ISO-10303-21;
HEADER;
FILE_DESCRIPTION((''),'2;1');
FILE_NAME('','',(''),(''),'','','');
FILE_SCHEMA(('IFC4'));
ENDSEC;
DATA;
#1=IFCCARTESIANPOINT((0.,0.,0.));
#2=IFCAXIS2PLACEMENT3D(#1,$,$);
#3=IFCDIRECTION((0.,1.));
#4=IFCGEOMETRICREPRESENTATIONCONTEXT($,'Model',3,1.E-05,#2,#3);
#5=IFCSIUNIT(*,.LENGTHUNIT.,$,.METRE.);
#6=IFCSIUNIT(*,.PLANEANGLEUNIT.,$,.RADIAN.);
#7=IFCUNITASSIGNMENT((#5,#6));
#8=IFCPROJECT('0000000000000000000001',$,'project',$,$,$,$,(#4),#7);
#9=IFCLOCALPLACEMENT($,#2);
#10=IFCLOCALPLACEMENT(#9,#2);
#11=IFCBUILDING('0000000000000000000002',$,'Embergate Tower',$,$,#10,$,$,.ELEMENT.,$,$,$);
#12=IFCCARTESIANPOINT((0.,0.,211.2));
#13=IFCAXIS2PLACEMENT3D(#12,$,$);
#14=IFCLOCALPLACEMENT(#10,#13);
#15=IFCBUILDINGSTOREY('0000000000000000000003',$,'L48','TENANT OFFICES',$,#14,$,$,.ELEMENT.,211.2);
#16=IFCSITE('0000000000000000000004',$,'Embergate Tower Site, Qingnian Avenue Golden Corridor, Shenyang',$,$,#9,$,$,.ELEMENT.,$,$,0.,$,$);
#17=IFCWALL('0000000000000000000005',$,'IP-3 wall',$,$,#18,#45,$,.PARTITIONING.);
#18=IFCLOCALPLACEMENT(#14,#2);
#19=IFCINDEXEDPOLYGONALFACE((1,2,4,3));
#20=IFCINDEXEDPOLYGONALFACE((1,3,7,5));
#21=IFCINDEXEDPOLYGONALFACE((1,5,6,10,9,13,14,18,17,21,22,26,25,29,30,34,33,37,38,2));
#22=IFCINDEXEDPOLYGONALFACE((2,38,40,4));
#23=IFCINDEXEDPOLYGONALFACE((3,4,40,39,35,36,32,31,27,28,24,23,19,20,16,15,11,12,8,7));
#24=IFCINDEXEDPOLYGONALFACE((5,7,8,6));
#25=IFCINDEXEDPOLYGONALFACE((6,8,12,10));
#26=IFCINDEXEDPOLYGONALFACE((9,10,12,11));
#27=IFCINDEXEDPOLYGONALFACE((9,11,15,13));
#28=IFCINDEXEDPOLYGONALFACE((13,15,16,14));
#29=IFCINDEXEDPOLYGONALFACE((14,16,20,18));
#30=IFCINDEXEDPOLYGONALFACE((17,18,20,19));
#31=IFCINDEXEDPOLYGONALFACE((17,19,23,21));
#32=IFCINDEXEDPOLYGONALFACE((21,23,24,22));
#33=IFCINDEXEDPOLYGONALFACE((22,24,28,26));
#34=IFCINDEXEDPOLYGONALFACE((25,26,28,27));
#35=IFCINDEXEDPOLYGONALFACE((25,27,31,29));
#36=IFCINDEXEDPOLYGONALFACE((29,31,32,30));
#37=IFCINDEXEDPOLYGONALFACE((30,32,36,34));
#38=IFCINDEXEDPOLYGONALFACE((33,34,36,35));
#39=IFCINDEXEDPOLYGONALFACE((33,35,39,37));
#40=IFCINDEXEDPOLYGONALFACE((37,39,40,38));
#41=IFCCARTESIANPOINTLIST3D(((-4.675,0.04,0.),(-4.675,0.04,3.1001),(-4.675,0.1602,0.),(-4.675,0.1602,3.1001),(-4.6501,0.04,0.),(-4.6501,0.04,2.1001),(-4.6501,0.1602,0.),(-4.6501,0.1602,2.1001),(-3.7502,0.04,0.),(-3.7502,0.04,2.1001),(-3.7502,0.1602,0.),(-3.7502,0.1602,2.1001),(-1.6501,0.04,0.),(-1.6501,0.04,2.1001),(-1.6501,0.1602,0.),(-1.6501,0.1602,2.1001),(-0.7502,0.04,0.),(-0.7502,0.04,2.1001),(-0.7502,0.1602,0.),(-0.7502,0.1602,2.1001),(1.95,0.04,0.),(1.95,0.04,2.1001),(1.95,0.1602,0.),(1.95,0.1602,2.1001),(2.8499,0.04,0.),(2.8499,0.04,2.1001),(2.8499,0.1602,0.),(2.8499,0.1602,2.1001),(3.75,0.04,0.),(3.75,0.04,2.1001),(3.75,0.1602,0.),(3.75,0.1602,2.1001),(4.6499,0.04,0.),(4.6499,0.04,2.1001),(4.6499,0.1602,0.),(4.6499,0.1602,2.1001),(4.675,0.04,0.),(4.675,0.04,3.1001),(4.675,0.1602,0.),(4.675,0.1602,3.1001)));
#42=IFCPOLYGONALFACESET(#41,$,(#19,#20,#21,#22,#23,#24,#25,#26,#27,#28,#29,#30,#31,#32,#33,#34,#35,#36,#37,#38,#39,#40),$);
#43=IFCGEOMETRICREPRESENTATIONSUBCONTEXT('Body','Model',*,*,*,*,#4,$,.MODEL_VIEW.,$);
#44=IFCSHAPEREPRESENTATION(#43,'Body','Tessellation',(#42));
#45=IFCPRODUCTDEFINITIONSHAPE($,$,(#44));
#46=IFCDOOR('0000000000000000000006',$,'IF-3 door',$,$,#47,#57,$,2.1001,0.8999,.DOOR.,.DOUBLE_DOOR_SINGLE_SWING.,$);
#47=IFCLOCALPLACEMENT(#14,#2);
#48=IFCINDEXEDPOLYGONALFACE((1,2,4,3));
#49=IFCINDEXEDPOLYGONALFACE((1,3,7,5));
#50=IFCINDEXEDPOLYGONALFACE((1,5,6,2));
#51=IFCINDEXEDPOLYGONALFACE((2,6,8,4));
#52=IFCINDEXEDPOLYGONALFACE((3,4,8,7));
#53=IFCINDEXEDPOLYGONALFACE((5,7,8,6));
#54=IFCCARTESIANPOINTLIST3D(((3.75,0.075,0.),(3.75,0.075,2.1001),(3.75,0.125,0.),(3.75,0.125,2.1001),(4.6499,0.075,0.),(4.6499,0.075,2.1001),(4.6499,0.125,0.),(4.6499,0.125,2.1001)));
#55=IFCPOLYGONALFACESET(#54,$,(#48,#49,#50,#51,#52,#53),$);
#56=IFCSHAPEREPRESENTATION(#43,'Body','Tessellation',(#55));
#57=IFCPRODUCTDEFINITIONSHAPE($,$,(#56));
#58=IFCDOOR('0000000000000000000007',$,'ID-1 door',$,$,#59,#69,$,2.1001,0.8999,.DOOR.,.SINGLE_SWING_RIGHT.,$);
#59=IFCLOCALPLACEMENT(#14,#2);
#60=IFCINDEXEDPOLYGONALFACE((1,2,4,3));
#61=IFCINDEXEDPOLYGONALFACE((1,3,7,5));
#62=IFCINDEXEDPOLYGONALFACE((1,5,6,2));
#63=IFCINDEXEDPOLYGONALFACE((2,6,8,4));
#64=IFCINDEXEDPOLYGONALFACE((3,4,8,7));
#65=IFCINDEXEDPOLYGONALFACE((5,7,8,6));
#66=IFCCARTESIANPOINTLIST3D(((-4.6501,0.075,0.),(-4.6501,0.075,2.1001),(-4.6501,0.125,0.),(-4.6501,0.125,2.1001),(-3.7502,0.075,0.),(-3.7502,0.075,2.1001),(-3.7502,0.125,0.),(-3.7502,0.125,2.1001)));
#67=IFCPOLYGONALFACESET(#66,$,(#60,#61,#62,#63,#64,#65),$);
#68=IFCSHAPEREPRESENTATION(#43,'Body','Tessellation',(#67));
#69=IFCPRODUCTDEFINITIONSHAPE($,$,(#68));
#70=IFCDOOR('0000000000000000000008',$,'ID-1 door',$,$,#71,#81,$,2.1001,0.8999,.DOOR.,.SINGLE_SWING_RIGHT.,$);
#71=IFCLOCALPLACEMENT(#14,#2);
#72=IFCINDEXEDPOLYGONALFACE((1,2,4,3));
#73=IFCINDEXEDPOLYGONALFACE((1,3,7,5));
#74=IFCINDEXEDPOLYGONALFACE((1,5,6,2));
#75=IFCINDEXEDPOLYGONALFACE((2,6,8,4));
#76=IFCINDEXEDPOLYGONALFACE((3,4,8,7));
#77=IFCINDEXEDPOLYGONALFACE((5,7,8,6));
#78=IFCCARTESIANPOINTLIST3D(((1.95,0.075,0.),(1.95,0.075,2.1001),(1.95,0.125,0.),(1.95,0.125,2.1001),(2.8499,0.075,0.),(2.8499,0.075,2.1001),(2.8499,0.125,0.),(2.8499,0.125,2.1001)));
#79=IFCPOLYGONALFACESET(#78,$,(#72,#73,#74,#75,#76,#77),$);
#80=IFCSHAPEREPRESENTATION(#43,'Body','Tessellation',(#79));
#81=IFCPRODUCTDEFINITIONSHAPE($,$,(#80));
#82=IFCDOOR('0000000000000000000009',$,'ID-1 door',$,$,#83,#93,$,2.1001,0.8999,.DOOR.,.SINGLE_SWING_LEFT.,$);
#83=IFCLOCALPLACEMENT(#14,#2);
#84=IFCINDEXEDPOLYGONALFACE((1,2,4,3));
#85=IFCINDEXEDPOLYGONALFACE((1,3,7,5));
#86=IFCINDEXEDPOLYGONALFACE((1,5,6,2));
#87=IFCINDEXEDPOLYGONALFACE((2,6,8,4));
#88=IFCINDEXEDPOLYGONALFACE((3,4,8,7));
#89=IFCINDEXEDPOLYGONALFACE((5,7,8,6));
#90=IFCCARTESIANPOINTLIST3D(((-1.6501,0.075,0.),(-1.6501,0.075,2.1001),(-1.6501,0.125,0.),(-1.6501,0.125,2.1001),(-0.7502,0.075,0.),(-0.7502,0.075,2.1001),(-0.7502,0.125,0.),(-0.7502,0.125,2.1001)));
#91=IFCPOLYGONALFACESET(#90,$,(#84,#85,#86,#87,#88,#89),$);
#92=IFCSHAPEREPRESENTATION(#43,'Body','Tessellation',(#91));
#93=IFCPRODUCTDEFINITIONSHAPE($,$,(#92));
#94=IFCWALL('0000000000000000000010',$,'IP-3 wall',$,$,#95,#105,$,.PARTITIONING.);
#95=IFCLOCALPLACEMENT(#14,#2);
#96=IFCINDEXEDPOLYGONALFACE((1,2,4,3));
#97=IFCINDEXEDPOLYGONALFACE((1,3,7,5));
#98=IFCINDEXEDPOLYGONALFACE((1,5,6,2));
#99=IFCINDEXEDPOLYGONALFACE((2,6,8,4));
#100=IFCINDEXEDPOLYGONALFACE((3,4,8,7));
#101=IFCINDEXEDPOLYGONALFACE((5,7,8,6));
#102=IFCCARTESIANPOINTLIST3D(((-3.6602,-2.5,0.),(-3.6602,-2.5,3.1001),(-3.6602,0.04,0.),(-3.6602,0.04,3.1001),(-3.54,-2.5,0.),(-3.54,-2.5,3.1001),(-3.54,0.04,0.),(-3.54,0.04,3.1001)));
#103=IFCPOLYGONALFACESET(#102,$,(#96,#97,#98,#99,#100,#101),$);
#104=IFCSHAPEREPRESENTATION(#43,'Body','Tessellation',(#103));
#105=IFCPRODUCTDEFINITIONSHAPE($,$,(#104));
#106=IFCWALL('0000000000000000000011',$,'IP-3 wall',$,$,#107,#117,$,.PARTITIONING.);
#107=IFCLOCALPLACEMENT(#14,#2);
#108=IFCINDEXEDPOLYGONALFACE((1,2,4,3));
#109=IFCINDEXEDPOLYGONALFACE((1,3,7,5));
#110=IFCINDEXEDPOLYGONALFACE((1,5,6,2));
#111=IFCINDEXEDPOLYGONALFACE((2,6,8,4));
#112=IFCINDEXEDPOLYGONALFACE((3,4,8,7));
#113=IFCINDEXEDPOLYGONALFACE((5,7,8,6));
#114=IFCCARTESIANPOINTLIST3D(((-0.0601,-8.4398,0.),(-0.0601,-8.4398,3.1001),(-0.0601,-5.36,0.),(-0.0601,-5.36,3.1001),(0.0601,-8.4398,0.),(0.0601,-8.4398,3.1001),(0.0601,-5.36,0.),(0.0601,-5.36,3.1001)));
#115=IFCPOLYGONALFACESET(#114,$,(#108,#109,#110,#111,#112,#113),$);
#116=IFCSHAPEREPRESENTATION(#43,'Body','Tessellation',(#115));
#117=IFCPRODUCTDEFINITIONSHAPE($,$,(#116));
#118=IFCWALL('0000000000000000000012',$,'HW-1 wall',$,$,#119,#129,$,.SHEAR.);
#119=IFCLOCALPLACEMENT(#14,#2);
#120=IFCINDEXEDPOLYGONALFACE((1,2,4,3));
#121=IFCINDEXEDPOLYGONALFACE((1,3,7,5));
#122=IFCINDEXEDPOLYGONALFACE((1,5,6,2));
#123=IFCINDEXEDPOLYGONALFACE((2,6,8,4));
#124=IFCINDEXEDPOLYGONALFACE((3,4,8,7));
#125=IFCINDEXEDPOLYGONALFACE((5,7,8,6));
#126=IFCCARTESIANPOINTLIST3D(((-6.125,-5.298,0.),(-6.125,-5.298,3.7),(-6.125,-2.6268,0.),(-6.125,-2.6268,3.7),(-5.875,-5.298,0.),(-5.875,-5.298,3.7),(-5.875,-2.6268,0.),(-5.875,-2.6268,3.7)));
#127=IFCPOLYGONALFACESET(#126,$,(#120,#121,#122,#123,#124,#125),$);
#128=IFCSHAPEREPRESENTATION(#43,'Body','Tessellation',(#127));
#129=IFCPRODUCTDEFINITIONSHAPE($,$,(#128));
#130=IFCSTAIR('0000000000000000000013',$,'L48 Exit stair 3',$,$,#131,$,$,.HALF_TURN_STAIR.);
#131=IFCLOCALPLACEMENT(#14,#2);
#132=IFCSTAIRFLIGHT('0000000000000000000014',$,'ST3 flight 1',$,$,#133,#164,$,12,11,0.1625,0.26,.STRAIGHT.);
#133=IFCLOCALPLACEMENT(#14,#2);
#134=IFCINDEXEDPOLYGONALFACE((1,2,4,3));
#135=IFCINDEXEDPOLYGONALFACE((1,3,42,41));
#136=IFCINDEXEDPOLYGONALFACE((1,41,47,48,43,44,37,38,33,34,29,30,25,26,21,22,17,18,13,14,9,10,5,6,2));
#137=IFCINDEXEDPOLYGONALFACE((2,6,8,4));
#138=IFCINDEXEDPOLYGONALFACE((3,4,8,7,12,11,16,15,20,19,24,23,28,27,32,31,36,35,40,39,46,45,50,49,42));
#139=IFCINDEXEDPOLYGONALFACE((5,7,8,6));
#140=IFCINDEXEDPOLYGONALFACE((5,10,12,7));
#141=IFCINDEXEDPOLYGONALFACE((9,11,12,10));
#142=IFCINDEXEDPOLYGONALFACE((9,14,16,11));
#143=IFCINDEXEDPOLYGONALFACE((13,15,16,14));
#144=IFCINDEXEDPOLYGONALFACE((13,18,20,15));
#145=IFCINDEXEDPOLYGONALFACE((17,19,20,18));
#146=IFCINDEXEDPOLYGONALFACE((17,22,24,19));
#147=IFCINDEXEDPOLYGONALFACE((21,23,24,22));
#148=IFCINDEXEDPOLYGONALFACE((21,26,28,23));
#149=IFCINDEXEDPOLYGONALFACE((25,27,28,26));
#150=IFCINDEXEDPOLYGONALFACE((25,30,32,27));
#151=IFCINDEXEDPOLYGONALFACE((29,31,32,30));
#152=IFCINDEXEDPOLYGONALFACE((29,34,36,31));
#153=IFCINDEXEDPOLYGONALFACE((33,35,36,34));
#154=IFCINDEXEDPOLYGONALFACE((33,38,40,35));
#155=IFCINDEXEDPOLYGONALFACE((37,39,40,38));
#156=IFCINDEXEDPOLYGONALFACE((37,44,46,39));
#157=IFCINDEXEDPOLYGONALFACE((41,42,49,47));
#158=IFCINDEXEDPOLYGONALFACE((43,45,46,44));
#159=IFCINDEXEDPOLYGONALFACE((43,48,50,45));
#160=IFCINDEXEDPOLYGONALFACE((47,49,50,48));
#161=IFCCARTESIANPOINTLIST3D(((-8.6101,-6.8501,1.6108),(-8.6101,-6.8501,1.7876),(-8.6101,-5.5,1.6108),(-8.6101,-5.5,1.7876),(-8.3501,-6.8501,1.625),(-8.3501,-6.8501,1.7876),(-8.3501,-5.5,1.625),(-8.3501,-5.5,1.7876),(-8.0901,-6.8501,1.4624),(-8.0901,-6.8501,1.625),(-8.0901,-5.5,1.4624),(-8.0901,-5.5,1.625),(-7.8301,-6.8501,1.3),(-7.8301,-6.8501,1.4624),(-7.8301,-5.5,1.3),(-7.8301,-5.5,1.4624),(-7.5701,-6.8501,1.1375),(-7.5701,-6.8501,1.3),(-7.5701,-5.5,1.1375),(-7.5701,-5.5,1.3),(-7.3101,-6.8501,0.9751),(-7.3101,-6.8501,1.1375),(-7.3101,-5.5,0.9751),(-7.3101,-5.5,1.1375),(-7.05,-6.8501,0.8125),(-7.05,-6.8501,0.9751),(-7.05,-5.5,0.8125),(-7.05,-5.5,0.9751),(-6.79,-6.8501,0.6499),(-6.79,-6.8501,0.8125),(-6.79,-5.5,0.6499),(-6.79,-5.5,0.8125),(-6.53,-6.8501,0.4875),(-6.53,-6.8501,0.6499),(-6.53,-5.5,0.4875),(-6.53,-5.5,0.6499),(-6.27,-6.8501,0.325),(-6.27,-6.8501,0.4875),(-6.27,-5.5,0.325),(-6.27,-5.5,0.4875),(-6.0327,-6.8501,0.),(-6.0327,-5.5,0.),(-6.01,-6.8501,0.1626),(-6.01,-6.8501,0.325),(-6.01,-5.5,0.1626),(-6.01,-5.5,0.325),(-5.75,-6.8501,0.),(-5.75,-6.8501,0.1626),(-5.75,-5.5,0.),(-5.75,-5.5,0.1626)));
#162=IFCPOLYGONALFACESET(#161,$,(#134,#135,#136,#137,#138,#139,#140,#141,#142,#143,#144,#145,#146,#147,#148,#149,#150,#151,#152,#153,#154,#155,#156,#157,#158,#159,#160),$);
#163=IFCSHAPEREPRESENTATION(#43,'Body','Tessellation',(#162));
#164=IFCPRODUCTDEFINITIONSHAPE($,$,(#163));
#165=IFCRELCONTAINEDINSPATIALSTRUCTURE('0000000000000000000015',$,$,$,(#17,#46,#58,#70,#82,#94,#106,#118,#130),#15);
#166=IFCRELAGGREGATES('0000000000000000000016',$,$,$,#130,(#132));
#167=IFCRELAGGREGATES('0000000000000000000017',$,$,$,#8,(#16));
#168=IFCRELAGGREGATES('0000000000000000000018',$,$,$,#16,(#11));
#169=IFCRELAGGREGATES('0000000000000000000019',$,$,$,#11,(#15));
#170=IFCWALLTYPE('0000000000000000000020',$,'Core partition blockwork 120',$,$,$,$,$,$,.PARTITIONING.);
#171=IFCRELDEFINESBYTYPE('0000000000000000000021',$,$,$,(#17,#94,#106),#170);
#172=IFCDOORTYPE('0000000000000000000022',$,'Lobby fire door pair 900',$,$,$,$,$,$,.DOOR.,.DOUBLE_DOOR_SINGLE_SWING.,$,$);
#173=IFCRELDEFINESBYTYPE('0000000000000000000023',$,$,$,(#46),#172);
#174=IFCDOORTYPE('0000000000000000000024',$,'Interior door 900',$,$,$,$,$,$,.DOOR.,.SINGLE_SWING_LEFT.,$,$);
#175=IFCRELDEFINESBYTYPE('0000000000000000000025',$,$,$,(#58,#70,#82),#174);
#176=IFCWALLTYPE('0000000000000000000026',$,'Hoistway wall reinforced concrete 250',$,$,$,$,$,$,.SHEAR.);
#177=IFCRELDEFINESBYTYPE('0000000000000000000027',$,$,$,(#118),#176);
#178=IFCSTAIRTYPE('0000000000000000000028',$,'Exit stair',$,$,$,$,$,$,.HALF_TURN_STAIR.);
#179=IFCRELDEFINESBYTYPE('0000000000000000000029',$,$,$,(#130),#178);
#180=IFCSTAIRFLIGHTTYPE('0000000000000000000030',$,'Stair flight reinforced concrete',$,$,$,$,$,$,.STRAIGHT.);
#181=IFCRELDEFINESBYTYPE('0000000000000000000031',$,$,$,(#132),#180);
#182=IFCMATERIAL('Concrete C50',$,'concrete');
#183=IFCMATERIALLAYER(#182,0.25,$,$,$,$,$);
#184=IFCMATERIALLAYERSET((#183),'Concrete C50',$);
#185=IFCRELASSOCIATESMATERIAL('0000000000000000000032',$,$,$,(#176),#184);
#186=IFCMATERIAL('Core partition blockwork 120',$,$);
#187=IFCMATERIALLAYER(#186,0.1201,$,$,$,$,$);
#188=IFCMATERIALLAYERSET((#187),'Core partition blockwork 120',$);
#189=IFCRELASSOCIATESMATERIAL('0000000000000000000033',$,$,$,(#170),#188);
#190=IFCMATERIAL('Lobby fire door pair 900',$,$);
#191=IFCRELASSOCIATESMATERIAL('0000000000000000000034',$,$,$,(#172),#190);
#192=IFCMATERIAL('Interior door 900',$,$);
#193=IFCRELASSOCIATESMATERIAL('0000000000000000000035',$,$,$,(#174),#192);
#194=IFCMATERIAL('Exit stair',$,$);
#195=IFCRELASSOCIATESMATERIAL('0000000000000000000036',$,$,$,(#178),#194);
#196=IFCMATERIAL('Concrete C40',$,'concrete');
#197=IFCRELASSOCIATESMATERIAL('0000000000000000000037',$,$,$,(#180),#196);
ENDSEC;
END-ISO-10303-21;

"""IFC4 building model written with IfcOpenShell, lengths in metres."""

from ifc_helpers import new_model, si_unit, direction, frame, frame_2d, origin, place, context, subcontext, project, spatial, polyline, rectangle, outline, extrude, source, transform, mapped, material, layer, layer_set, type_object, element, fill, aggregate, save


model = new_model("IFC4")

# Units and contexts
model_context = context("Model", 3, precision=1e-05, world=origin(), true_north=direction((0.0, 1.0)))
body_context = subcontext(model_context, "Body", "Model", "MODEL_VIEW")
ifc_project = project(units=[si_unit("LENGTHUNIT", "METRE"), si_unit("PLANEANGLEUNIT", "RADIAN")], contexts=[model_context])

# Site, building, storey
site_placement = place(None, origin())
site = spatial("IfcSite", under=ifc_project, at=site_placement, Name="Embergate Tower Site, Qingnian Avenue Golden Corridor, Shenyang", CompositionType="ELEMENT", RefElevation=0.0)
building_placement = place(site_placement, origin())
building = spatial("IfcBuilding", under=site, at=building_placement, Name="Embergate Tower", CompositionType="ELEMENT")
storey_placement = place(building_placement, frame((0.0, 0.0, 211.2)))
storey = spatial("IfcBuildingStorey", under=building, at=storey_placement, Name="L48", Description="TENANT OFFICES", CompositionType="ELEMENT", Elevation=211.2)

# Shared definitions
ifc_material_1 = material(Name="Concrete C50", Category="concrete")
ifc_layer_1 = layer(ifc_material_1, 0.25)
ifc_layer_set_1 = layer_set([ifc_layer_1], Name="Concrete C50")
wall_type_1 = type_object("IfcWallType", Name="Hoistway wall reinforced concrete 250", PredefinedType="SHEAR", material=ifc_layer_set_1)

# Shared definitions
ifc_material_2 = material(Name="Core partition blockwork 120")
ifc_layer_2 = layer(ifc_material_2, 0.1201)
ifc_layer_set_2 = layer_set([ifc_layer_2], Name="Core partition blockwork 120")
wall_type_2 = type_object("IfcWallType", Name="Core partition blockwork 120", PredefinedType="PARTITIONING", material=ifc_layer_set_2)

# Wall, openings, doors
shared_shape_1 = source(origin(), body_context, "Body", "SweptSolid", [
    extrude(rectangle(XDim=9.3501, YDim=0.1201, at=frame_2d((4.675, 0.0))), origin(), (0.0, 0.0, 1.0), 3.1001),
])
wall_1_placement = place(storey_placement, frame((-4.675, 0.1001, 0.0), z_axis=(0.0, 0.0, 1.0), x_axis=(1.0, 0.0, 0.0)))
wall_1 = element("IfcWall", 1, at=wall_1_placement, inside=storey, type_object=wall_type_2, Name="IP-3 wall", PredefinedType="PARTITIONING", context=body_context, shape_type="MappedRepresentation", body=[
    mapped(shared_shape_1, transform((0.0, 0.0, 0.0))),
])
shared_shape_2 = source(origin(), body_context, "Body", "SweptSolid", [
    extrude(rectangle(XDim=0.8999, YDim=2.1001, at=frame_2d((0.45, 1.05))), frame((0.0, 0.0701, 0.0), z_axis=(0.0, -1.0, 0.0), x_axis=(1.0, 0.0, 0.0)), (0.0, 0.0, 1.0), 0.1401),
])
opening_1_placement = place(wall_1_placement, frame((8.425, 0.0, 0.0)))
opening_1 = element("IfcOpeningElement", 2, at=opening_1_placement, cuts=wall_1, PredefinedType="OPENING", context=body_context, shape_type="MappedRepresentation", body=[
    mapped(shared_shape_2, transform((0.0, 0.0, 0.0))),
])
opening_2_placement = place(wall_1_placement, frame((0.0249, 0.0, 0.0)))
opening_2 = element("IfcOpeningElement", 3, at=opening_2_placement, cuts=wall_1, PredefinedType="OPENING", context=body_context, shape_type="MappedRepresentation", body=[
    mapped(shared_shape_2, transform((0.0, 0.0, 0.0))),
])
opening_3_placement = place(wall_1_placement, frame((6.625, 0.0, 0.0)))
opening_3 = element("IfcOpeningElement", 4, at=opening_3_placement, cuts=wall_1, PredefinedType="OPENING", context=body_context, shape_type="MappedRepresentation", body=[
    mapped(shared_shape_2, transform((0.0, 0.0, 0.0))),
])
opening_4_placement = place(wall_1_placement, frame((3.0249, 0.0, 0.0)))
opening_4 = element("IfcOpeningElement", 5, at=opening_4_placement, cuts=wall_1, PredefinedType="OPENING", context=body_context, shape_type="MappedRepresentation", body=[
    mapped(shared_shape_2, transform((0.0, 0.0, 0.0))),
])
ifc_material_3 = material(Name="Lobby fire door pair 900")
door_type_1 = type_object("IfcDoorType", Name="Lobby fire door pair 900", OperationType="DOUBLE_DOOR_SINGLE_SWING", PredefinedType="DOOR", material=ifc_material_3)
shared_shape_3 = source(origin(), body_context, "Body", "SweptSolid", [
    extrude(rectangle(XDim=0.8999, YDim=2.1001, at=frame_2d((0.45, 1.05))), frame((0.0, 0.0249, 0.0), z_axis=(0.0, -1.0, 0.0), x_axis=(1.0, 0.0, 0.0)), (0.0, 0.0, 1.0), 0.05),
])
door_1_placement = place(opening_1_placement, origin())
door_1 = element("IfcDoor", 6, at=door_1_placement, inside=storey, type_object=door_type_1, Name="IF-3 door", OperationType="DOUBLE_DOOR_SINGLE_SWING", OverallHeight=2.1001, OverallWidth=0.8999, PredefinedType="DOOR", context=body_context, shape_type="MappedRepresentation", body=[
    mapped(shared_shape_3, transform((0.0, 0.0, 0.0))),
])
fill(opening_1, door_1)
ifc_material_4 = material(Name="Interior door 900")
door_type_2 = type_object("IfcDoorType", Name="Interior door 900", OperationType="SINGLE_SWING_LEFT", PredefinedType="DOOR", material=ifc_material_4)
door_2_placement = place(opening_2_placement, origin())
door_2 = element("IfcDoor", 7, at=door_2_placement, inside=storey, type_object=door_type_2, Name="ID-1 door", OperationType="SINGLE_SWING_RIGHT", OverallHeight=2.1001, OverallWidth=0.8999, PredefinedType="DOOR", context=body_context, shape_type="MappedRepresentation", body=[
    mapped(shared_shape_3, transform((0.0, 0.0, 0.0))),
])
fill(opening_2, door_2)
door_3_placement = place(opening_3_placement, origin())
door_3 = element("IfcDoor", 8, at=door_3_placement, inside=storey, type_object=door_type_2, Name="ID-1 door", OperationType="SINGLE_SWING_RIGHT", OverallHeight=2.1001, OverallWidth=0.8999, PredefinedType="DOOR", context=body_context, shape_type="MappedRepresentation", body=[
    mapped(shared_shape_3, transform((0.0, 0.0, 0.0))),
])
fill(opening_3, door_3)
door_4_placement = place(opening_4_placement, origin())
door_4 = element("IfcDoor", 9, at=door_4_placement, inside=storey, type_object=door_type_2, Name="ID-1 door", OperationType="SINGLE_SWING_LEFT", OverallHeight=2.1001, OverallWidth=0.8999, PredefinedType="DOOR", context=body_context, shape_type="MappedRepresentation", body=[
    mapped(shared_shape_3, transform((0.0, 0.0, 0.0))),
])
fill(opening_4, door_4)

# Walls
shared_shape_4 = source(origin(), body_context, "Body", "SweptSolid", [
    extrude(rectangle(XDim=2.54, YDim=0.1201, at=frame_2d((1.27, 0.0))), origin(), (0.0, 0.0, 1.0), 3.1001),
])
wall_2_placement = place(storey_placement, frame((-3.6001, -2.5, 0.0), z_axis=(0.0, 0.0, 1.0), x_axis=(0.0, 1.0, 0.0)))
element("IfcWall", 10, at=wall_2_placement, inside=storey, type_object=wall_type_2, Name="IP-3 wall", PredefinedType="PARTITIONING", context=body_context, shape_type="MappedRepresentation", body=[
    mapped(shared_shape_4, transform((0.0, 0.0, 0.0))),
])
shared_shape_5 = source(origin(), body_context, "Body", "SweptSolid", [
    extrude(rectangle(XDim=3.0798, YDim=0.1201, at=frame_2d((1.54, 0.0))), origin(), (0.0, 0.0, 1.0), 3.1001),
])
wall_3_placement = place(storey_placement, frame((0.0, -8.4399, 0.0), z_axis=(0.0, 0.0, 1.0), x_axis=(0.0, 1.0, 0.0)))
element("IfcWall", 11, at=wall_3_placement, inside=storey, type_object=wall_type_2, Name="IP-3 wall", PredefinedType="PARTITIONING", context=body_context, shape_type="MappedRepresentation", body=[
    mapped(shared_shape_5, transform((0.0, 0.0, 0.0))),
])
shared_shape_6 = source(origin(), body_context, "Body", "SweptSolid", [
    extrude(rectangle(XDim=2.6711, YDim=0.25, at=frame_2d((1.3354, 0.0))), origin(), (0.0, 0.0, 1.0), 3.7),
])
wall_4_placement = place(storey_placement, frame((-6.0, -2.627, 0.0), z_axis=(0.0, 0.0, 1.0), x_axis=(0.0, -1.0, 0.0)))
element("IfcWall", 12, at=wall_4_placement, inside=storey, type_object=wall_type_1, Name="HW-1 wall", PredefinedType="SHEAR", context=body_context, shape_type="MappedRepresentation", body=[
    mapped(shared_shape_6, transform((0.0, 0.0, 0.0))),
])

# Stair, stair flight
ifc_material_5 = material(Name="Exit stair")
stair_type = type_object("IfcStairType", Name="Exit stair", PredefinedType="HALF_TURN_STAIR", material=ifc_material_5)
stair_placement = place(storey_placement, origin())
stair = element("IfcStair", 13, at=stair_placement, inside=storey, type_object=stair_type, Name="L48 Exit stair 3", PredefinedType="HALF_TURN_STAIR")
ifc_material_6 = material(Name="Concrete C40", Category="concrete")
stair_flight_type = type_object("IfcStairFlightType", Name="Stair flight reinforced concrete", PredefinedType="STRAIGHT", material=ifc_material_6)
shared_shape_7 = source(origin(), body_context, "Body", "SweptSolid", [
    extrude(outline(polyline([(0.0, 0.0), (0.0, 0.1626), (0.26, 0.1626), (0.26, 0.325), (0.52, 0.325), (0.52, 0.4875), (0.78, 0.4875), (0.78, 0.6499), (1.04, 0.6499), (1.04, 0.8125), (1.3, 0.8125), (1.3, 0.9751), (1.5601, 0.9751), (1.5601, 1.1375), (1.8201, 1.1375), (1.8201, 1.3), (2.0801, 1.3), (2.0801, 1.4624), (2.3401, 1.4624), (2.3401, 1.625), (2.6001, 1.625), (2.6001, 1.7876), (2.8601, 1.7876), (2.8601, 1.95), (2.8601, 1.6108), (0.2827, 0.0), (0.0, 0.0)])), frame((0.0, 0.675, 0.0), z_axis=(0.0, -1.0, 0.0), x_axis=(1.0, 0.0, 0.0)), (0.0, 0.0, 1.0), 1.3501),
])
stair_flight_placement = place(storey_placement, frame((-5.75, -6.175, 0.0), z_axis=(0.0, 0.0, 1.0), x_axis=(-1.0, 0.0, 0.0)))
stair_flight = element("IfcStairFlight", 14, at=stair_flight_placement, type_object=stair_flight_type, Name="ST3 flight 1", NumberOfRisers=12, NumberOfTreads=11, PredefinedType="STRAIGHT", RiserHeight=0.1625, TreadLength=0.26, context=body_context, shape_type="MappedRepresentation", body=[
    mapped(shared_shape_7, transform((0.0, 0.0, 0.0))),
])
aggregate(stair, [stair_flight])

save(model, "model.ifc")
